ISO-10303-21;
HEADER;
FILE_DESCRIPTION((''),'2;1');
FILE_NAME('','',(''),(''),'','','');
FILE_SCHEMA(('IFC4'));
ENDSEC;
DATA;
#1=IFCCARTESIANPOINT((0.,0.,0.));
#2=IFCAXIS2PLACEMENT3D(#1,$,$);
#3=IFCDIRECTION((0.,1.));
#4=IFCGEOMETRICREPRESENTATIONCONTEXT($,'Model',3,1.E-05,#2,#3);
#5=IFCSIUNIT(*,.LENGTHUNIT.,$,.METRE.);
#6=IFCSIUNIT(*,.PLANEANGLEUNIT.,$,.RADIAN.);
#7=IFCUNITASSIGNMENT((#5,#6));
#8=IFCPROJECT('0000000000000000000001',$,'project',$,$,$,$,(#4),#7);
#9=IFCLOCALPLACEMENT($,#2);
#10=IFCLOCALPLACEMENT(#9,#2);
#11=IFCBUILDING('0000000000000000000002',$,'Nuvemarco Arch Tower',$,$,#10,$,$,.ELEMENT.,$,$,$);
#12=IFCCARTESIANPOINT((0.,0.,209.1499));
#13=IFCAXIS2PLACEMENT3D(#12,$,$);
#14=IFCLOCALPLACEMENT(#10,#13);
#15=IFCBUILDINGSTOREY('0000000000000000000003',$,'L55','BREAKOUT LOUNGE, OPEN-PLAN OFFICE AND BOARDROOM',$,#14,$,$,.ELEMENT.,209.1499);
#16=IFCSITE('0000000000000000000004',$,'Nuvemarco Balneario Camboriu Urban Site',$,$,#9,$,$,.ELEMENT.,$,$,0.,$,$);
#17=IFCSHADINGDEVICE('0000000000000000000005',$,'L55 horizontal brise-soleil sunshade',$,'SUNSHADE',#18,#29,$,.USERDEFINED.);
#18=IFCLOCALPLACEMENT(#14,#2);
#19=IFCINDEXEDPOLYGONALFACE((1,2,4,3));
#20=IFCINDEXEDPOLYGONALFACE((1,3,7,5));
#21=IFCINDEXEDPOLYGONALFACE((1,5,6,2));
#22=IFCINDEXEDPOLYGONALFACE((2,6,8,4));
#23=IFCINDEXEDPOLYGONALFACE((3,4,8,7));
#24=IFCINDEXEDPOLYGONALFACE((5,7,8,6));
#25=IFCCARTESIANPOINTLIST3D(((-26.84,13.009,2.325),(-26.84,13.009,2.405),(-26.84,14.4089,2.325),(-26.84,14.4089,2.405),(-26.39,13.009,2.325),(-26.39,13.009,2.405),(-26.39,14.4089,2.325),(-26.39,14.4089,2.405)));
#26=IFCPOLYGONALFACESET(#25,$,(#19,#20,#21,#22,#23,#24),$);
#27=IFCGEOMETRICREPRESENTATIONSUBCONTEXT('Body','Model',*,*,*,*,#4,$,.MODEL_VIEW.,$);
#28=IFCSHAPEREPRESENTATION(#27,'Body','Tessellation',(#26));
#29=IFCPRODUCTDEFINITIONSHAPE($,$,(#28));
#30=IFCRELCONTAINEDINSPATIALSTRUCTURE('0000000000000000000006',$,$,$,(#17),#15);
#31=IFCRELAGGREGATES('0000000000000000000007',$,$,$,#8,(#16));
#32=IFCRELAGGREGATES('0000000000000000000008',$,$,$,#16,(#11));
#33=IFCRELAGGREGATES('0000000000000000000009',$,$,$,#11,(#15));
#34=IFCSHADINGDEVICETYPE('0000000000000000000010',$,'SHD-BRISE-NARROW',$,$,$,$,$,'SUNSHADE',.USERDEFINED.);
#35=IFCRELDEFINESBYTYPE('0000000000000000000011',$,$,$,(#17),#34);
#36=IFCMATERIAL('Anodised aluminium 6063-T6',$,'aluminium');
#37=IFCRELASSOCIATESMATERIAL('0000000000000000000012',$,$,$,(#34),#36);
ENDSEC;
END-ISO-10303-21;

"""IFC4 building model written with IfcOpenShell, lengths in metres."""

from ifc_helpers import new_model, si_unit, direction, frame, origin, origin_2d, place, context, subcontext, project, spatial, rectangle, extrude, source, transform, mapped, material, type_object, type_shapes, element, save


model = new_model("IFC4")

# Units and contexts
model_context = context("Model", 3, precision=1e-05, world=origin(), true_north=direction((0.0, 1.0)))
body_context = subcontext(model_context, "Body", "Model", "MODEL_VIEW")
ifc_project = project(units=[si_unit("LENGTHUNIT", "METRE"), si_unit("PLANEANGLEUNIT", "RADIAN")], contexts=[model_context])

# Site, building, storey
site_placement = place(None, origin())
site = spatial("IfcSite", under=ifc_project, at=site_placement, Name="Nuvemarco Balneario Camboriu Urban Site", CompositionType="ELEMENT", RefElevation=0.0)
building_placement = place(site_placement, origin())
building = spatial("IfcBuilding", under=site, at=building_placement, Name="Nuvemarco Arch Tower", CompositionType="ELEMENT")
storey_placement = place(building_placement, frame((0.0, 0.0, 209.1499)))
storey = spatial("IfcBuildingStorey", under=building, at=storey_placement, Name="L55", Description="BREAKOUT LOUNGE, OPEN-PLAN OFFICE AND BOARDROOM", CompositionType="ELEMENT", Elevation=209.1499)

# Shading device
ifc_material_1 = material(Name="Anodised aluminium 6063-T6", Category="aluminium")
shading_device_type_1 = type_object("IfcShadingDeviceType", Name="SHD-BRISE-NARROW", ElementType="SUNSHADE", PredefinedType="USERDEFINED", material=ifc_material_1)
shared_shape_1 = source(origin(), body_context, "Body", "SweptSolid", [
    extrude(rectangle(XDim=1.3999, YDim=0.45, at=origin_2d()), origin(), (0.0, 0.0, 1.0), 0.0801),
])
type_shapes(shading_device_type_1, [shared_shape_1])
shading_device_1_placement = place(storey_placement, frame((-26.615, 13.709, 2.325), z_axis=(0.0, 0.0, 1.0), x_axis=(0.0, 1.0, 0.0)))
element("IfcShadingDevice", 1, at=shading_device_1_placement, inside=storey, type_object=shading_device_type_1, Name="L55 horizontal brise-soleil sunshade", ObjectType="SUNSHADE", PredefinedType="USERDEFINED", context=body_context, shape_type="MappedRepresentation", body=[
    mapped(shared_shape_1, transform((0.0, 0.0, 0.0), scale=1.0)),
])

save(model, "model.ifc")
